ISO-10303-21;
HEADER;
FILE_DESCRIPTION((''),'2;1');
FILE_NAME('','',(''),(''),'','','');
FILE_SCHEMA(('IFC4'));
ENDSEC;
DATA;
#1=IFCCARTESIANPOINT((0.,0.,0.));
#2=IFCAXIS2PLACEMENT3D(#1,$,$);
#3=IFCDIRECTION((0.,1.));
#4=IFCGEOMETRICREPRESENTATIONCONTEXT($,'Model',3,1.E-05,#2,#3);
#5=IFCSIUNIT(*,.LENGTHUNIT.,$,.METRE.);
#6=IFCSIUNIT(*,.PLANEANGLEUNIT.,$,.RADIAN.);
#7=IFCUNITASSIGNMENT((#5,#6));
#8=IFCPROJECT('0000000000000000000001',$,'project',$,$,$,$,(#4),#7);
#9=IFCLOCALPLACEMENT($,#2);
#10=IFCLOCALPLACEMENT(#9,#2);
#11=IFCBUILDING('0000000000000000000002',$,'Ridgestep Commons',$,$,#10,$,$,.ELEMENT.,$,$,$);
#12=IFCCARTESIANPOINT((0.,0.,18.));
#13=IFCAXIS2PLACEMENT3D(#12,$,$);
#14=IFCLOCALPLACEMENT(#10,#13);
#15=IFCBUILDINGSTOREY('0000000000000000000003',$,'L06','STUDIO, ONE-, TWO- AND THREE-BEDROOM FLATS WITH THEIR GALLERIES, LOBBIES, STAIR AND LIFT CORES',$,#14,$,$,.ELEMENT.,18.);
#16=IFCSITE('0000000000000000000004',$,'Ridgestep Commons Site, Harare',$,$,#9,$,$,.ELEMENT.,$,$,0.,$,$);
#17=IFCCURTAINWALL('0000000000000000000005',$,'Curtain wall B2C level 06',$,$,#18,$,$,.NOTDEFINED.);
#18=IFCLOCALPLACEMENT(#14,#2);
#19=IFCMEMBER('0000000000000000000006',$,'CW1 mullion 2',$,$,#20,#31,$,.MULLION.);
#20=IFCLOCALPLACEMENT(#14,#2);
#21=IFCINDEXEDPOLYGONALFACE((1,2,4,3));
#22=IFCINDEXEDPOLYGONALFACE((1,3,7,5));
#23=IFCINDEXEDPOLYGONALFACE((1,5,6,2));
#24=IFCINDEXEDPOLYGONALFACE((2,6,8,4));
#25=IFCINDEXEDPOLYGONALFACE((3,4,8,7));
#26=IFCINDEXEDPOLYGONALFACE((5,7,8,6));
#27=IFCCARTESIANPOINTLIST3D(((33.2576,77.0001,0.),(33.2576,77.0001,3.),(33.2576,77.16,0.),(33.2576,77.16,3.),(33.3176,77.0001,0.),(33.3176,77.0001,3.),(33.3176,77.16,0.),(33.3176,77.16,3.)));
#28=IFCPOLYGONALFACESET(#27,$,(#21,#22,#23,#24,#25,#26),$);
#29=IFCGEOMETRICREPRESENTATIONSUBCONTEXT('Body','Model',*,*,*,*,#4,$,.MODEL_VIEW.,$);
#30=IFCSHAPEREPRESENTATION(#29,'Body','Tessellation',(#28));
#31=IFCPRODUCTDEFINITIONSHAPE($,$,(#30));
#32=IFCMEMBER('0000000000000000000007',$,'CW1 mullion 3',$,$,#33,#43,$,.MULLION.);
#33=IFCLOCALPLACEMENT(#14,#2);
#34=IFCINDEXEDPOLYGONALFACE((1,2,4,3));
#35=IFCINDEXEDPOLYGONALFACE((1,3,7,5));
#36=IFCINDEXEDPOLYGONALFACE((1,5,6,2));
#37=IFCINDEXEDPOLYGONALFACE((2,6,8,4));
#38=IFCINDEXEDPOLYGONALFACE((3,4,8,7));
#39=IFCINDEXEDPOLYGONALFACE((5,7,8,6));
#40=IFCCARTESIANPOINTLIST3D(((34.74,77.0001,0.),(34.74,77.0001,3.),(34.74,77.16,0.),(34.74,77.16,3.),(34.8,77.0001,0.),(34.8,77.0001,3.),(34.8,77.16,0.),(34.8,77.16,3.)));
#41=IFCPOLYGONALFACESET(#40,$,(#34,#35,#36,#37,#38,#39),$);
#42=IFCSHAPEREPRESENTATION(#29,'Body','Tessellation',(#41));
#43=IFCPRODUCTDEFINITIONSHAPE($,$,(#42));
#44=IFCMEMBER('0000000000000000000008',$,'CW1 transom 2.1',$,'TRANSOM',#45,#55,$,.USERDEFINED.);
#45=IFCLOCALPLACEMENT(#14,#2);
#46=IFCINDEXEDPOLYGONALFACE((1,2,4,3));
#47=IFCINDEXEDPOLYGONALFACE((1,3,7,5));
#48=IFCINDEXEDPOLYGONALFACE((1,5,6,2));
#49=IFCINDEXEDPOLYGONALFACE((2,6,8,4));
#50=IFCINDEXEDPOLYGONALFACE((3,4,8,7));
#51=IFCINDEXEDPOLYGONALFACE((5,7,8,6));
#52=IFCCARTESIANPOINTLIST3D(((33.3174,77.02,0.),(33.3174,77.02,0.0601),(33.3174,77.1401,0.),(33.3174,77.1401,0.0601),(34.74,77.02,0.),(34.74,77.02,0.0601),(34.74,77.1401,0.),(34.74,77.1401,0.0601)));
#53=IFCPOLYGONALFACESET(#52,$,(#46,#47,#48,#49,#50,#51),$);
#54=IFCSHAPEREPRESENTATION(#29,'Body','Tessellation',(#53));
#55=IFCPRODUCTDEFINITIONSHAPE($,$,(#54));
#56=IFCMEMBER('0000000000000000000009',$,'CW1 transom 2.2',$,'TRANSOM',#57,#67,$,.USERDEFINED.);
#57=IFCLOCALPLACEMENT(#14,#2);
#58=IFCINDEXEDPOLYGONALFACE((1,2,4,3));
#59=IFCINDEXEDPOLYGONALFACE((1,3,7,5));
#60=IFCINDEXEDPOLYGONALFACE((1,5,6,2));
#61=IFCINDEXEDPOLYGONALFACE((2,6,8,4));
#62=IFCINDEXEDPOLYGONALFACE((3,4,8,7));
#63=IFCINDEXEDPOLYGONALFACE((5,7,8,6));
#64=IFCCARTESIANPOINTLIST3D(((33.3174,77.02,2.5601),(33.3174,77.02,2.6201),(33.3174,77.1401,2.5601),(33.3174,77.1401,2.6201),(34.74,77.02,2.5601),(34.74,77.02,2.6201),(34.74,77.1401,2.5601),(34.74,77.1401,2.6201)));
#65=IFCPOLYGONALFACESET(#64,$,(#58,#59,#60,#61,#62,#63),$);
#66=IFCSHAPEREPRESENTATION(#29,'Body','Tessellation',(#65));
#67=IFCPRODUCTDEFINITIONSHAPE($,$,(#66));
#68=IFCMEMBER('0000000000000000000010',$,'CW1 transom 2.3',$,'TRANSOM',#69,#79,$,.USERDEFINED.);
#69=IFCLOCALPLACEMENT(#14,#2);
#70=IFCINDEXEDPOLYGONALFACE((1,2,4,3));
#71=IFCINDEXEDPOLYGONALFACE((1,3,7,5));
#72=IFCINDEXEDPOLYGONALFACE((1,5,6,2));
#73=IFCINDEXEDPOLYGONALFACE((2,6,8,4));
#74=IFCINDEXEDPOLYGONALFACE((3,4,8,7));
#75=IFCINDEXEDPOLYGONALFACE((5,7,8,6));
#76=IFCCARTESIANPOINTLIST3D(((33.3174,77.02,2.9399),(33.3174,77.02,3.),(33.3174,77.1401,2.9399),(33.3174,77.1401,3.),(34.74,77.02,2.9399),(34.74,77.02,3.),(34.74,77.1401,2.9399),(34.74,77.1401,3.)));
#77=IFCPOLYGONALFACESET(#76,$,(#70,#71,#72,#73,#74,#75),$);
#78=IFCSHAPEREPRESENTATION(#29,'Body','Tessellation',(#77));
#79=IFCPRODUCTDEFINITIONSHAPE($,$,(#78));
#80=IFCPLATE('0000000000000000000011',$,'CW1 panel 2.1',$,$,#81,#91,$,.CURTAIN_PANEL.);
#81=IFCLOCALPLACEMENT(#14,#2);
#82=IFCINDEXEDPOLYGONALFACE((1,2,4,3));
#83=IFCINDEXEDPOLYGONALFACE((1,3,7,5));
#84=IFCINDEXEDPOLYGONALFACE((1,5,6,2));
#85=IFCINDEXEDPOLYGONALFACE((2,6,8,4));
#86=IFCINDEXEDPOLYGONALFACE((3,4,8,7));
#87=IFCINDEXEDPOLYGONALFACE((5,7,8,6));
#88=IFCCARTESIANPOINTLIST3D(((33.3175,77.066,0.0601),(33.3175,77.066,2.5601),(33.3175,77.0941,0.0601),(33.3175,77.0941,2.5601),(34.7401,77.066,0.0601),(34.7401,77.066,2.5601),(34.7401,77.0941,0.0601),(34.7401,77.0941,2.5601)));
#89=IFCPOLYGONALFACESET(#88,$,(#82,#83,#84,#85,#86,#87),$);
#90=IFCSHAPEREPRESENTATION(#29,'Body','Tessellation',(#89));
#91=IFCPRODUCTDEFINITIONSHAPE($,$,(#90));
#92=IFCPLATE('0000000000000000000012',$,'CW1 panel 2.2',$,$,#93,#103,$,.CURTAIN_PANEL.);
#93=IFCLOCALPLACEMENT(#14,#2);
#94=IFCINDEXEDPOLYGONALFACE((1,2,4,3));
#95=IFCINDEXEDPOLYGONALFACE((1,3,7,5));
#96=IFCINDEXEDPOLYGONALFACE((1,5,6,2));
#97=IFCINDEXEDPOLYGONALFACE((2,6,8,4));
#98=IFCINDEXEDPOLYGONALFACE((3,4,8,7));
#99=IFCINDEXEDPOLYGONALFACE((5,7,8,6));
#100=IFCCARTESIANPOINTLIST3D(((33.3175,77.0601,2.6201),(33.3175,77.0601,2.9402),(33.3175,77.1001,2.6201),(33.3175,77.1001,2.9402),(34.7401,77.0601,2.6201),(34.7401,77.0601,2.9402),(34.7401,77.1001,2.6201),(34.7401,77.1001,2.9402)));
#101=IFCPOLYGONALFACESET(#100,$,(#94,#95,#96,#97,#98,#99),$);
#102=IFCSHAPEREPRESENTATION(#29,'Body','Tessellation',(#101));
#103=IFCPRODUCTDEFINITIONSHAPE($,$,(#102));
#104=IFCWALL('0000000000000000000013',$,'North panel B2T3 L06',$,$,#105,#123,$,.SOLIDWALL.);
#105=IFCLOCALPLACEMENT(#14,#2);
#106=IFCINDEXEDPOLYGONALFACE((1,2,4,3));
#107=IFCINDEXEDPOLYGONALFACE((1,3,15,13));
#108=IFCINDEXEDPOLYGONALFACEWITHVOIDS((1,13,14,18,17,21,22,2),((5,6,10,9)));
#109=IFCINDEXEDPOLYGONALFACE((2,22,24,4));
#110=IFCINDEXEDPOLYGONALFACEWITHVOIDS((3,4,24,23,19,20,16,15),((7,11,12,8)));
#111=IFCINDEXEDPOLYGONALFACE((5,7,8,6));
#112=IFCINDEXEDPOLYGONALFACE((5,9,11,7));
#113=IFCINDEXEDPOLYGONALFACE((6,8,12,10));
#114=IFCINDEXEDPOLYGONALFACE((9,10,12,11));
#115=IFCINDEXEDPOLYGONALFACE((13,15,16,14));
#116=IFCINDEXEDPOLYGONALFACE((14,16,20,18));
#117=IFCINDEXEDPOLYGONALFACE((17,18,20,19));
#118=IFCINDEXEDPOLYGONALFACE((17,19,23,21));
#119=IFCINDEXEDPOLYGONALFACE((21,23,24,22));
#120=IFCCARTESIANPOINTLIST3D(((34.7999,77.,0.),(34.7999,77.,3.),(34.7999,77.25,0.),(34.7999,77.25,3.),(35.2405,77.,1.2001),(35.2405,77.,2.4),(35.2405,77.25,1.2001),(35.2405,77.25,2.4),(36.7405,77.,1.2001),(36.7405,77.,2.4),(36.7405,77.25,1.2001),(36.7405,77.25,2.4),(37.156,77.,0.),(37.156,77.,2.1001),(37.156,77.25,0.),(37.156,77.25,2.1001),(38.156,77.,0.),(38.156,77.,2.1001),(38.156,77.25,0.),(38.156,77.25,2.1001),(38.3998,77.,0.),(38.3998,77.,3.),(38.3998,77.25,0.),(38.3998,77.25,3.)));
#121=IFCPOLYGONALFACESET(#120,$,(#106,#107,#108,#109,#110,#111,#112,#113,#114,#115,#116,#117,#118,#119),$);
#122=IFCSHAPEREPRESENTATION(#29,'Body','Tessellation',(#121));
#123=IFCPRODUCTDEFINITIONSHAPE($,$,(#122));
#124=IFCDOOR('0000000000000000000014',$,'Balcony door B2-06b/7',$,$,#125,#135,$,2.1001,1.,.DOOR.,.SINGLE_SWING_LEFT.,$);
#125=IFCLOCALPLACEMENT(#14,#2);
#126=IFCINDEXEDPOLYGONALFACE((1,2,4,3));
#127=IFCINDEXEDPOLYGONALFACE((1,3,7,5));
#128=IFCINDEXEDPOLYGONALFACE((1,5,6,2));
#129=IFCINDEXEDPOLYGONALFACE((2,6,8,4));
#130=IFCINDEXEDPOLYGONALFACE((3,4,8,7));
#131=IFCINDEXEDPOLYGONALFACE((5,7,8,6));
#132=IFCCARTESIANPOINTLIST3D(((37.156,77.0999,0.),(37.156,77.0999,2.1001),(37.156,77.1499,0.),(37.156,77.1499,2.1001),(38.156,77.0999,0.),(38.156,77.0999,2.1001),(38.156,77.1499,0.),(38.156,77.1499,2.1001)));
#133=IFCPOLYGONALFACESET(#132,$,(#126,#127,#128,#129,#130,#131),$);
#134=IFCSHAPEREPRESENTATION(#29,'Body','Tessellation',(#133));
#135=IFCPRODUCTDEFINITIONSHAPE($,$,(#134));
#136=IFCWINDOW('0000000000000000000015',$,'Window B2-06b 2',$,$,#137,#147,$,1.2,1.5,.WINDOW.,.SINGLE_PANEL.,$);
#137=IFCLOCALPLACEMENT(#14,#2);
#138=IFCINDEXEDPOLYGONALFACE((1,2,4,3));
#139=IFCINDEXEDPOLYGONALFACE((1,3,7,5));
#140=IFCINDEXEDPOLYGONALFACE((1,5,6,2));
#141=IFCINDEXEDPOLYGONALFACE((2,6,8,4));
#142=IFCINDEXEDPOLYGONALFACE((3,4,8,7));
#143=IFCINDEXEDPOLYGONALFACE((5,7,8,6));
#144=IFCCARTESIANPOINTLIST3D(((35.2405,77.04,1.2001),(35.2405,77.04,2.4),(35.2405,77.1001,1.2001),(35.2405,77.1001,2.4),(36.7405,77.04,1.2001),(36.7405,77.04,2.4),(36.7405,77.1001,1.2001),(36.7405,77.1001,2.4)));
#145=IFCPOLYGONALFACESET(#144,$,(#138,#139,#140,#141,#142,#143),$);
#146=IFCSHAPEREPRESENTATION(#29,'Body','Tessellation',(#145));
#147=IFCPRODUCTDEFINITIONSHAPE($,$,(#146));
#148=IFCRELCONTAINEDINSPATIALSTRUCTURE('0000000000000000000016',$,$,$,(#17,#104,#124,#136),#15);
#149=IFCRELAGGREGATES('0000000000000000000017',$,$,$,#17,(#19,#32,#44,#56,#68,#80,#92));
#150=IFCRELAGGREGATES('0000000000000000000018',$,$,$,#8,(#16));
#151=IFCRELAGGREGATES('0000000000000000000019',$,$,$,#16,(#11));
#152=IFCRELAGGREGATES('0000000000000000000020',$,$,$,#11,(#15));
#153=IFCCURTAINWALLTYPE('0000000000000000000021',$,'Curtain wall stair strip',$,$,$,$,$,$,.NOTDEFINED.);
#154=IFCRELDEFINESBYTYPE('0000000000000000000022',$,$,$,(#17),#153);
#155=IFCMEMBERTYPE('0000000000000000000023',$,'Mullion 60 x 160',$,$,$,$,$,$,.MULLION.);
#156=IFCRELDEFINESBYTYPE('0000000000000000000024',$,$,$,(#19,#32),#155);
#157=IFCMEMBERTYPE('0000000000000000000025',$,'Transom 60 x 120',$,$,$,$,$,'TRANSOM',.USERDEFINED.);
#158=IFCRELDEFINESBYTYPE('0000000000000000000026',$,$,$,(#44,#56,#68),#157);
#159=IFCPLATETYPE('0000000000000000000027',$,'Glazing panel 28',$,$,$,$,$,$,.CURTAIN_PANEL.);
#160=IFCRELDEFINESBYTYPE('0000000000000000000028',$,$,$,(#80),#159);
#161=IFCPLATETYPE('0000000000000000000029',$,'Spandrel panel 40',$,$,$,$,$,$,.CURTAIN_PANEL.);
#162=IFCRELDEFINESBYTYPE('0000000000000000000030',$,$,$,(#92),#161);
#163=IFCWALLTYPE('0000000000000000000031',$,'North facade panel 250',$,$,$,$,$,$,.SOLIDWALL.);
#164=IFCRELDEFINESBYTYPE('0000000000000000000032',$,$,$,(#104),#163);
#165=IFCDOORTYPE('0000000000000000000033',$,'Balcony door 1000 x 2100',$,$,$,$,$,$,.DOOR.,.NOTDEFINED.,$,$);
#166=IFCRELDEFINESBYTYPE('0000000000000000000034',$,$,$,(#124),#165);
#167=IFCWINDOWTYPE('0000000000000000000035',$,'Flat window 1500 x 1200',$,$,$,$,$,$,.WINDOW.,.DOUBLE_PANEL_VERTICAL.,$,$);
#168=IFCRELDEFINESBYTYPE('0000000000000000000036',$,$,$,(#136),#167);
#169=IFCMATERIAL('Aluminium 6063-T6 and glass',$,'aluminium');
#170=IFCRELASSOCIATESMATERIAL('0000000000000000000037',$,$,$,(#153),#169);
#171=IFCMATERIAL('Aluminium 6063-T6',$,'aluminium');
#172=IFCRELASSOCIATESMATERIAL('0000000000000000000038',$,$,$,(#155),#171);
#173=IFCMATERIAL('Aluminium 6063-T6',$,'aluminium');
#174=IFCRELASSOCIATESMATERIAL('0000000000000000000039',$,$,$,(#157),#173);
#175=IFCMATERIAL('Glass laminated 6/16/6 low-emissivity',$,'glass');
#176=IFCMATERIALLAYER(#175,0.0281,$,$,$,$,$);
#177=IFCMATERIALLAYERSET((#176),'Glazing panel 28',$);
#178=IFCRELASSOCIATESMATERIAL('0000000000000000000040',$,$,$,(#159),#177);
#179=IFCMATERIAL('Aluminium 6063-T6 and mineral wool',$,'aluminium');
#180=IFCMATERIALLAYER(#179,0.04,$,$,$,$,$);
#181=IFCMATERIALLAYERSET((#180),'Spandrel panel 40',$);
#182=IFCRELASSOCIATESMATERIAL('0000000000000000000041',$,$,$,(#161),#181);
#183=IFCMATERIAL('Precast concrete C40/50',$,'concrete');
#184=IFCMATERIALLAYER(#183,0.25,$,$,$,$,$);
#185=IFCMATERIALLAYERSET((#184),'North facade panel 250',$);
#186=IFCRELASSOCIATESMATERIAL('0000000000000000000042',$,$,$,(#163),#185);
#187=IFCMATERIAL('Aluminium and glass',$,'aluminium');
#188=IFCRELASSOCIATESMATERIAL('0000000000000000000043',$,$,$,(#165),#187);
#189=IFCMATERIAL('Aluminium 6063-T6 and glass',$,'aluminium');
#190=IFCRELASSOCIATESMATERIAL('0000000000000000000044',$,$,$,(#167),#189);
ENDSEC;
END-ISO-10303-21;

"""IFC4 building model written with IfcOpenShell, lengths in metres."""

from ifc_helpers import new_model, si_unit, direction, frame, frame_2d, origin, origin_2d, place, context, subcontext, project, spatial, rectangle, extrude, material, layer, layer_set, material_profile, profile_set, type_object, element, fill, aggregate, save


model = new_model("IFC4")

# Units and contexts
model_context = context("Model", 3, precision=1e-05, world=origin(), true_north=direction((0.0, 1.0)))
body_context = subcontext(model_context, "Body", "Model", "MODEL_VIEW")
ifc_project = project(units=[si_unit("LENGTHUNIT", "METRE"), si_unit("PLANEANGLEUNIT", "RADIAN")], contexts=[model_context])

# Site, building, storey
site_placement = place(None, origin())
site = spatial("IfcSite", under=ifc_project, at=site_placement, Name="Ridgestep Commons Site, Harare", CompositionType="ELEMENT", RefElevation=0.0)
building_placement = place(site_placement, origin())
building = spatial("IfcBuilding", under=site, at=building_placement, Name="Ridgestep Commons", CompositionType="ELEMENT")
storey_placement = place(building_placement, frame((0.0, 0.0, 18.0)))
storey = spatial("IfcBuildingStorey", under=building, at=storey_placement, Name="L06", Description="STUDIO, ONE-, TWO- AND THREE-BEDROOM FLATS WITH THEIR GALLERIES, LOBBIES, STAIR AND LIFT CORES", CompositionType="ELEMENT", Elevation=18.0)

# Curtain wall, members, plates
ifc_material_1 = material(Name="Aluminium 6063-T6 and glass", Category="aluminium")
curtain_wall_type = type_object("IfcCurtainWallType", Name="Curtain wall stair strip", PredefinedType="NOTDEFINED", material=ifc_material_1)
curtain_wall_placement = place(storey_placement, origin())
curtain_wall = element("IfcCurtainWall", 1, at=curtain_wall_placement, inside=storey, type_object=curtain_wall_type, Name="Curtain wall B2C level 06", PredefinedType="NOTDEFINED")
ifc_material_2 = material(Name="Aluminium 6063-T6", Category="aluminium")
ifc_material_profile_1 = material_profile(ifc_material_2, rectangle(XDim=0.1599, YDim=0.0601, at=origin_2d()), Name="Mullion 60 x 160")
ifc_profile_set_1 = profile_set([ifc_material_profile_1], Name="Aluminium 6063-T6")
member_type_1 = type_object("IfcMemberType", Name="Mullion 60 x 160", PredefinedType="MULLION", material=ifc_profile_set_1)
member_1_placement = place(storey_placement, frame((33.2876, 77.0801, 0.0), z_axis=(0.0, 0.0, 1.0), x_axis=(0.0, 1.0, 0.0)))
member_1 = element("IfcMember", 2, at=member_1_placement, type_object=member_type_1, Name="CW1 mullion 2", PredefinedType="MULLION", context=body_context, shape_type="SweptSolid", body=[
    extrude(rectangle(XDim=0.1599, YDim=0.0601, at=origin_2d()), origin(), (0.0, 0.0, 1.0), 3.0),
])
member_2_placement = place(storey_placement, frame((34.77, 77.0801, 0.0), z_axis=(0.0, 0.0, 1.0), x_axis=(0.0, 1.0, 0.0)))
member_2 = element("IfcMember", 3, at=member_2_placement, type_object=member_type_1, Name="CW1 mullion 3", PredefinedType="MULLION", context=body_context, shape_type="SweptSolid", body=[
    extrude(rectangle(XDim=0.1599, YDim=0.0601, at=origin_2d()), origin(), (0.0, 0.0, 1.0), 3.0),
])
ifc_material_3 = material(Name="Aluminium 6063-T6", Category="aluminium")
ifc_material_profile_2 = material_profile(ifc_material_3, rectangle(XDim=0.1201, YDim=0.0601, at=origin_2d()), Name="Transom 60 x 120")
ifc_profile_set_2 = profile_set([ifc_material_profile_2], Name="Aluminium 6063-T6")
member_type_2 = type_object("IfcMemberType", Name="Transom 60 x 120", ElementType="TRANSOM", PredefinedType="USERDEFINED", material=ifc_profile_set_2)
member_3_placement = place(storey_placement, frame((33.3174, 77.0801, 0.03), z_axis=(1.0, 0.0, 0.0), x_axis=(0.0, 1.0, 0.0)))
member_3 = element("IfcMember", 4, at=member_3_placement, type_object=member_type_2, Name="CW1 transom 2.1", ObjectType="TRANSOM", PredefinedType="USERDEFINED", context=body_context, shape_type="SweptSolid", body=[
    extrude(rectangle(XDim=0.1201, YDim=0.0601, at=origin_2d()), origin(), (0.0, 0.0, 1.0), 1.4226),
])
member_4_placement = place(storey_placement, frame((33.3174, 77.0801, 2.5901), z_axis=(1.0, 0.0, 0.0), x_axis=(0.0, 1.0, 0.0)))
member_4 = element("IfcMember", 5, at=member_4_placement, type_object=member_type_2, Name="CW1 transom 2.2", ObjectType="TRANSOM", PredefinedType="USERDEFINED", context=body_context, shape_type="SweptSolid", body=[
    extrude(rectangle(XDim=0.1201, YDim=0.0601, at=origin_2d()), origin(), (0.0, 0.0, 1.0), 1.4226),
])
member_5_placement = place(storey_placement, frame((33.3174, 77.0801, 2.97), z_axis=(1.0, 0.0, 0.0), x_axis=(0.0, 1.0, 0.0)))
member_5 = element("IfcMember", 6, at=member_5_placement, type_object=member_type_2, Name="CW1 transom 2.3", ObjectType="TRANSOM", PredefinedType="USERDEFINED", context=body_context, shape_type="SweptSolid", body=[
    extrude(rectangle(XDim=0.1201, YDim=0.0601, at=origin_2d()), origin(), (0.0, 0.0, 1.0), 1.4226),
])
ifc_material_4 = material(Name="Glass laminated 6/16/6 low-emissivity", Category="glass")
ifc_layer_1 = layer(ifc_material_4, 0.0281)
ifc_layer_set_1 = layer_set([ifc_layer_1], Name="Glazing panel 28")
plate_type_1 = type_object("IfcPlateType", Name="Glazing panel 28", PredefinedType="CURTAIN_PANEL", material=ifc_layer_set_1)
plate_1_placement = place(storey_placement, frame((34.0288, 77.0801, 0.0601), z_axis=(0.0, 0.0, 1.0), x_axis=(1.0, 0.0, 0.0)))
plate_1 = element("IfcPlate", 7, at=plate_1_placement, type_object=plate_type_1, Name="CW1 panel 2.1", PredefinedType="CURTAIN_PANEL", context=body_context, shape_type="SweptSolid", body=[
    extrude(rectangle(XDim=1.4226, YDim=0.0281, at=origin_2d()), origin(), (0.0, 0.0, 1.0), 2.5),
])
ifc_material_5 = material(Name="Aluminium 6063-T6 and mineral wool", Category="aluminium")
ifc_layer_2 = layer(ifc_material_5, 0.04)
ifc_layer_set_2 = layer_set([ifc_layer_2], Name="Spandrel panel 40")
plate_type_2 = type_object("IfcPlateType", Name="Spandrel panel 40", PredefinedType="CURTAIN_PANEL", material=ifc_layer_set_2)
plate_2_placement = place(storey_placement, frame((34.0288, 77.0801, 2.6201), z_axis=(0.0, 0.0, 1.0), x_axis=(1.0, 0.0, 0.0)))
plate_2 = element("IfcPlate", 8, at=plate_2_placement, type_object=plate_type_2, Name="CW1 panel 2.2", PredefinedType="CURTAIN_PANEL", context=body_context, shape_type="SweptSolid", body=[
    extrude(rectangle(XDim=1.4226, YDim=0.04, at=origin_2d()), origin(), (0.0, 0.0, 1.0), 0.3201),
])
aggregate(curtain_wall, [member_1, member_2, member_3, member_4, member_5, plate_1, plate_2])

# Wall, openings, door, window
ifc_material_6 = material(Name="Precast concrete C40/50", Category="concrete")
ifc_layer_3 = layer(ifc_material_6, 0.25)
ifc_layer_set_3 = layer_set([ifc_layer_3], Name="North facade panel 250")
wall_type_1 = type_object("IfcWallType", Name="North facade panel 250", PredefinedType="SOLIDWALL", material=ifc_layer_set_3)
wall_1_placement = place(storey_placement, frame((34.8, 77.125, 0.0), z_axis=(0.0, 0.0, 1.0), x_axis=(1.0, 0.0, 0.0)))
wall_1 = element("IfcWall", 9, at=wall_1_placement, inside=storey, type_object=wall_type_1, Name="North panel B2T3 L06", PredefinedType="SOLIDWALL", context=body_context, shape_type="SweptSolid", body=[
    extrude(rectangle(XDim=3.5999, YDim=0.25, at=frame_2d((1.7998, 0.0))), origin(), (0.0, 0.0, 1.0), 3.0),
])
opening_1_placement = place(wall_1_placement, frame((0.4404, 0.0, 1.2)))
opening_1 = element("IfcOpeningElement", 10, at=opening_1_placement, cuts=wall_1, PredefinedType="OPENING", context=body_context, shape_type="SweptSolid", body=[
    extrude(rectangle(XDim=1.5, YDim=1.2, at=frame_2d((0.75, 0.6001))), frame((0.0, 0.135, 0.0), z_axis=(0.0, -1.0, 0.0), x_axis=(1.0, 0.0, 0.0)), (0.0, 0.0, 1.0), 0.27),
])
opening_2_placement = place(wall_1_placement, frame((2.356, 0.0, 0.0)))
opening_2 = element("IfcOpeningElement", 11, at=opening_2_placement, cuts=wall_1, PredefinedType="OPENING", context=body_context, shape_type="SweptSolid", body=[
    extrude(rectangle(XDim=1.0, YDim=2.1001, at=frame_2d((0.5, 1.05))), frame((0.0, 0.135, 0.0), z_axis=(0.0, -1.0, 0.0), x_axis=(1.0, 0.0, 0.0)), (0.0, 0.0, 1.0), 0.27),
])
ifc_material_7 = material(Name="Aluminium and glass", Category="aluminium")
door_type_1 = type_object("IfcDoorType", Name="Balcony door 1000 x 2100", OperationType="NOTDEFINED", PredefinedType="DOOR", material=ifc_material_7)
door_1_placement = place(opening_2_placement, origin())
door_1 = element("IfcDoor", 12, at=door_1_placement, inside=storey, type_object=door_type_1, Name="Balcony door B2-06b/7", OperationType="SINGLE_SWING_LEFT", OverallHeight=2.1001, OverallWidth=1.0, PredefinedType="DOOR", context=body_context, shape_type="SweptSolid", body=[
    extrude(rectangle(XDim=1.0, YDim=2.1001, at=frame_2d((0.5, 1.05))), frame((0.0, 0.0249, 0.0), z_axis=(0.0, -1.0, 0.0), x_axis=(1.0, 0.0, 0.0)), (0.0, 0.0, 1.0), 0.05),
])
fill(opening_2, door_1)
ifc_material_8 = material(Name="Aluminium 6063-T6 and glass", Category="aluminium")
window_type_1 = type_object("IfcWindowType", Name="Flat window 1500 x 1200", PartitioningType="DOUBLE_PANEL_VERTICAL", PredefinedType="WINDOW", material=ifc_material_8)
window_1_placement = place(opening_1_placement, origin())
window_1 = element("IfcWindow", 13, at=window_1_placement, inside=storey, type_object=window_type_1, Name="Window B2-06b 2", OverallHeight=1.2, OverallWidth=1.5, PartitioningType="SINGLE_PANEL", PredefinedType="WINDOW", context=body_context, shape_type="SweptSolid", body=[
    extrude(rectangle(XDim=1.5, YDim=1.2, at=frame_2d((0.75, 0.6001))), frame((0.0, -0.0249, 0.0), z_axis=(0.0, -1.0, 0.0), x_axis=(1.0, 0.0, 0.0)), (0.0, 0.0, 1.0), 0.0601),
])
fill(opening_1, window_1)

save(model, "model.ifc")
